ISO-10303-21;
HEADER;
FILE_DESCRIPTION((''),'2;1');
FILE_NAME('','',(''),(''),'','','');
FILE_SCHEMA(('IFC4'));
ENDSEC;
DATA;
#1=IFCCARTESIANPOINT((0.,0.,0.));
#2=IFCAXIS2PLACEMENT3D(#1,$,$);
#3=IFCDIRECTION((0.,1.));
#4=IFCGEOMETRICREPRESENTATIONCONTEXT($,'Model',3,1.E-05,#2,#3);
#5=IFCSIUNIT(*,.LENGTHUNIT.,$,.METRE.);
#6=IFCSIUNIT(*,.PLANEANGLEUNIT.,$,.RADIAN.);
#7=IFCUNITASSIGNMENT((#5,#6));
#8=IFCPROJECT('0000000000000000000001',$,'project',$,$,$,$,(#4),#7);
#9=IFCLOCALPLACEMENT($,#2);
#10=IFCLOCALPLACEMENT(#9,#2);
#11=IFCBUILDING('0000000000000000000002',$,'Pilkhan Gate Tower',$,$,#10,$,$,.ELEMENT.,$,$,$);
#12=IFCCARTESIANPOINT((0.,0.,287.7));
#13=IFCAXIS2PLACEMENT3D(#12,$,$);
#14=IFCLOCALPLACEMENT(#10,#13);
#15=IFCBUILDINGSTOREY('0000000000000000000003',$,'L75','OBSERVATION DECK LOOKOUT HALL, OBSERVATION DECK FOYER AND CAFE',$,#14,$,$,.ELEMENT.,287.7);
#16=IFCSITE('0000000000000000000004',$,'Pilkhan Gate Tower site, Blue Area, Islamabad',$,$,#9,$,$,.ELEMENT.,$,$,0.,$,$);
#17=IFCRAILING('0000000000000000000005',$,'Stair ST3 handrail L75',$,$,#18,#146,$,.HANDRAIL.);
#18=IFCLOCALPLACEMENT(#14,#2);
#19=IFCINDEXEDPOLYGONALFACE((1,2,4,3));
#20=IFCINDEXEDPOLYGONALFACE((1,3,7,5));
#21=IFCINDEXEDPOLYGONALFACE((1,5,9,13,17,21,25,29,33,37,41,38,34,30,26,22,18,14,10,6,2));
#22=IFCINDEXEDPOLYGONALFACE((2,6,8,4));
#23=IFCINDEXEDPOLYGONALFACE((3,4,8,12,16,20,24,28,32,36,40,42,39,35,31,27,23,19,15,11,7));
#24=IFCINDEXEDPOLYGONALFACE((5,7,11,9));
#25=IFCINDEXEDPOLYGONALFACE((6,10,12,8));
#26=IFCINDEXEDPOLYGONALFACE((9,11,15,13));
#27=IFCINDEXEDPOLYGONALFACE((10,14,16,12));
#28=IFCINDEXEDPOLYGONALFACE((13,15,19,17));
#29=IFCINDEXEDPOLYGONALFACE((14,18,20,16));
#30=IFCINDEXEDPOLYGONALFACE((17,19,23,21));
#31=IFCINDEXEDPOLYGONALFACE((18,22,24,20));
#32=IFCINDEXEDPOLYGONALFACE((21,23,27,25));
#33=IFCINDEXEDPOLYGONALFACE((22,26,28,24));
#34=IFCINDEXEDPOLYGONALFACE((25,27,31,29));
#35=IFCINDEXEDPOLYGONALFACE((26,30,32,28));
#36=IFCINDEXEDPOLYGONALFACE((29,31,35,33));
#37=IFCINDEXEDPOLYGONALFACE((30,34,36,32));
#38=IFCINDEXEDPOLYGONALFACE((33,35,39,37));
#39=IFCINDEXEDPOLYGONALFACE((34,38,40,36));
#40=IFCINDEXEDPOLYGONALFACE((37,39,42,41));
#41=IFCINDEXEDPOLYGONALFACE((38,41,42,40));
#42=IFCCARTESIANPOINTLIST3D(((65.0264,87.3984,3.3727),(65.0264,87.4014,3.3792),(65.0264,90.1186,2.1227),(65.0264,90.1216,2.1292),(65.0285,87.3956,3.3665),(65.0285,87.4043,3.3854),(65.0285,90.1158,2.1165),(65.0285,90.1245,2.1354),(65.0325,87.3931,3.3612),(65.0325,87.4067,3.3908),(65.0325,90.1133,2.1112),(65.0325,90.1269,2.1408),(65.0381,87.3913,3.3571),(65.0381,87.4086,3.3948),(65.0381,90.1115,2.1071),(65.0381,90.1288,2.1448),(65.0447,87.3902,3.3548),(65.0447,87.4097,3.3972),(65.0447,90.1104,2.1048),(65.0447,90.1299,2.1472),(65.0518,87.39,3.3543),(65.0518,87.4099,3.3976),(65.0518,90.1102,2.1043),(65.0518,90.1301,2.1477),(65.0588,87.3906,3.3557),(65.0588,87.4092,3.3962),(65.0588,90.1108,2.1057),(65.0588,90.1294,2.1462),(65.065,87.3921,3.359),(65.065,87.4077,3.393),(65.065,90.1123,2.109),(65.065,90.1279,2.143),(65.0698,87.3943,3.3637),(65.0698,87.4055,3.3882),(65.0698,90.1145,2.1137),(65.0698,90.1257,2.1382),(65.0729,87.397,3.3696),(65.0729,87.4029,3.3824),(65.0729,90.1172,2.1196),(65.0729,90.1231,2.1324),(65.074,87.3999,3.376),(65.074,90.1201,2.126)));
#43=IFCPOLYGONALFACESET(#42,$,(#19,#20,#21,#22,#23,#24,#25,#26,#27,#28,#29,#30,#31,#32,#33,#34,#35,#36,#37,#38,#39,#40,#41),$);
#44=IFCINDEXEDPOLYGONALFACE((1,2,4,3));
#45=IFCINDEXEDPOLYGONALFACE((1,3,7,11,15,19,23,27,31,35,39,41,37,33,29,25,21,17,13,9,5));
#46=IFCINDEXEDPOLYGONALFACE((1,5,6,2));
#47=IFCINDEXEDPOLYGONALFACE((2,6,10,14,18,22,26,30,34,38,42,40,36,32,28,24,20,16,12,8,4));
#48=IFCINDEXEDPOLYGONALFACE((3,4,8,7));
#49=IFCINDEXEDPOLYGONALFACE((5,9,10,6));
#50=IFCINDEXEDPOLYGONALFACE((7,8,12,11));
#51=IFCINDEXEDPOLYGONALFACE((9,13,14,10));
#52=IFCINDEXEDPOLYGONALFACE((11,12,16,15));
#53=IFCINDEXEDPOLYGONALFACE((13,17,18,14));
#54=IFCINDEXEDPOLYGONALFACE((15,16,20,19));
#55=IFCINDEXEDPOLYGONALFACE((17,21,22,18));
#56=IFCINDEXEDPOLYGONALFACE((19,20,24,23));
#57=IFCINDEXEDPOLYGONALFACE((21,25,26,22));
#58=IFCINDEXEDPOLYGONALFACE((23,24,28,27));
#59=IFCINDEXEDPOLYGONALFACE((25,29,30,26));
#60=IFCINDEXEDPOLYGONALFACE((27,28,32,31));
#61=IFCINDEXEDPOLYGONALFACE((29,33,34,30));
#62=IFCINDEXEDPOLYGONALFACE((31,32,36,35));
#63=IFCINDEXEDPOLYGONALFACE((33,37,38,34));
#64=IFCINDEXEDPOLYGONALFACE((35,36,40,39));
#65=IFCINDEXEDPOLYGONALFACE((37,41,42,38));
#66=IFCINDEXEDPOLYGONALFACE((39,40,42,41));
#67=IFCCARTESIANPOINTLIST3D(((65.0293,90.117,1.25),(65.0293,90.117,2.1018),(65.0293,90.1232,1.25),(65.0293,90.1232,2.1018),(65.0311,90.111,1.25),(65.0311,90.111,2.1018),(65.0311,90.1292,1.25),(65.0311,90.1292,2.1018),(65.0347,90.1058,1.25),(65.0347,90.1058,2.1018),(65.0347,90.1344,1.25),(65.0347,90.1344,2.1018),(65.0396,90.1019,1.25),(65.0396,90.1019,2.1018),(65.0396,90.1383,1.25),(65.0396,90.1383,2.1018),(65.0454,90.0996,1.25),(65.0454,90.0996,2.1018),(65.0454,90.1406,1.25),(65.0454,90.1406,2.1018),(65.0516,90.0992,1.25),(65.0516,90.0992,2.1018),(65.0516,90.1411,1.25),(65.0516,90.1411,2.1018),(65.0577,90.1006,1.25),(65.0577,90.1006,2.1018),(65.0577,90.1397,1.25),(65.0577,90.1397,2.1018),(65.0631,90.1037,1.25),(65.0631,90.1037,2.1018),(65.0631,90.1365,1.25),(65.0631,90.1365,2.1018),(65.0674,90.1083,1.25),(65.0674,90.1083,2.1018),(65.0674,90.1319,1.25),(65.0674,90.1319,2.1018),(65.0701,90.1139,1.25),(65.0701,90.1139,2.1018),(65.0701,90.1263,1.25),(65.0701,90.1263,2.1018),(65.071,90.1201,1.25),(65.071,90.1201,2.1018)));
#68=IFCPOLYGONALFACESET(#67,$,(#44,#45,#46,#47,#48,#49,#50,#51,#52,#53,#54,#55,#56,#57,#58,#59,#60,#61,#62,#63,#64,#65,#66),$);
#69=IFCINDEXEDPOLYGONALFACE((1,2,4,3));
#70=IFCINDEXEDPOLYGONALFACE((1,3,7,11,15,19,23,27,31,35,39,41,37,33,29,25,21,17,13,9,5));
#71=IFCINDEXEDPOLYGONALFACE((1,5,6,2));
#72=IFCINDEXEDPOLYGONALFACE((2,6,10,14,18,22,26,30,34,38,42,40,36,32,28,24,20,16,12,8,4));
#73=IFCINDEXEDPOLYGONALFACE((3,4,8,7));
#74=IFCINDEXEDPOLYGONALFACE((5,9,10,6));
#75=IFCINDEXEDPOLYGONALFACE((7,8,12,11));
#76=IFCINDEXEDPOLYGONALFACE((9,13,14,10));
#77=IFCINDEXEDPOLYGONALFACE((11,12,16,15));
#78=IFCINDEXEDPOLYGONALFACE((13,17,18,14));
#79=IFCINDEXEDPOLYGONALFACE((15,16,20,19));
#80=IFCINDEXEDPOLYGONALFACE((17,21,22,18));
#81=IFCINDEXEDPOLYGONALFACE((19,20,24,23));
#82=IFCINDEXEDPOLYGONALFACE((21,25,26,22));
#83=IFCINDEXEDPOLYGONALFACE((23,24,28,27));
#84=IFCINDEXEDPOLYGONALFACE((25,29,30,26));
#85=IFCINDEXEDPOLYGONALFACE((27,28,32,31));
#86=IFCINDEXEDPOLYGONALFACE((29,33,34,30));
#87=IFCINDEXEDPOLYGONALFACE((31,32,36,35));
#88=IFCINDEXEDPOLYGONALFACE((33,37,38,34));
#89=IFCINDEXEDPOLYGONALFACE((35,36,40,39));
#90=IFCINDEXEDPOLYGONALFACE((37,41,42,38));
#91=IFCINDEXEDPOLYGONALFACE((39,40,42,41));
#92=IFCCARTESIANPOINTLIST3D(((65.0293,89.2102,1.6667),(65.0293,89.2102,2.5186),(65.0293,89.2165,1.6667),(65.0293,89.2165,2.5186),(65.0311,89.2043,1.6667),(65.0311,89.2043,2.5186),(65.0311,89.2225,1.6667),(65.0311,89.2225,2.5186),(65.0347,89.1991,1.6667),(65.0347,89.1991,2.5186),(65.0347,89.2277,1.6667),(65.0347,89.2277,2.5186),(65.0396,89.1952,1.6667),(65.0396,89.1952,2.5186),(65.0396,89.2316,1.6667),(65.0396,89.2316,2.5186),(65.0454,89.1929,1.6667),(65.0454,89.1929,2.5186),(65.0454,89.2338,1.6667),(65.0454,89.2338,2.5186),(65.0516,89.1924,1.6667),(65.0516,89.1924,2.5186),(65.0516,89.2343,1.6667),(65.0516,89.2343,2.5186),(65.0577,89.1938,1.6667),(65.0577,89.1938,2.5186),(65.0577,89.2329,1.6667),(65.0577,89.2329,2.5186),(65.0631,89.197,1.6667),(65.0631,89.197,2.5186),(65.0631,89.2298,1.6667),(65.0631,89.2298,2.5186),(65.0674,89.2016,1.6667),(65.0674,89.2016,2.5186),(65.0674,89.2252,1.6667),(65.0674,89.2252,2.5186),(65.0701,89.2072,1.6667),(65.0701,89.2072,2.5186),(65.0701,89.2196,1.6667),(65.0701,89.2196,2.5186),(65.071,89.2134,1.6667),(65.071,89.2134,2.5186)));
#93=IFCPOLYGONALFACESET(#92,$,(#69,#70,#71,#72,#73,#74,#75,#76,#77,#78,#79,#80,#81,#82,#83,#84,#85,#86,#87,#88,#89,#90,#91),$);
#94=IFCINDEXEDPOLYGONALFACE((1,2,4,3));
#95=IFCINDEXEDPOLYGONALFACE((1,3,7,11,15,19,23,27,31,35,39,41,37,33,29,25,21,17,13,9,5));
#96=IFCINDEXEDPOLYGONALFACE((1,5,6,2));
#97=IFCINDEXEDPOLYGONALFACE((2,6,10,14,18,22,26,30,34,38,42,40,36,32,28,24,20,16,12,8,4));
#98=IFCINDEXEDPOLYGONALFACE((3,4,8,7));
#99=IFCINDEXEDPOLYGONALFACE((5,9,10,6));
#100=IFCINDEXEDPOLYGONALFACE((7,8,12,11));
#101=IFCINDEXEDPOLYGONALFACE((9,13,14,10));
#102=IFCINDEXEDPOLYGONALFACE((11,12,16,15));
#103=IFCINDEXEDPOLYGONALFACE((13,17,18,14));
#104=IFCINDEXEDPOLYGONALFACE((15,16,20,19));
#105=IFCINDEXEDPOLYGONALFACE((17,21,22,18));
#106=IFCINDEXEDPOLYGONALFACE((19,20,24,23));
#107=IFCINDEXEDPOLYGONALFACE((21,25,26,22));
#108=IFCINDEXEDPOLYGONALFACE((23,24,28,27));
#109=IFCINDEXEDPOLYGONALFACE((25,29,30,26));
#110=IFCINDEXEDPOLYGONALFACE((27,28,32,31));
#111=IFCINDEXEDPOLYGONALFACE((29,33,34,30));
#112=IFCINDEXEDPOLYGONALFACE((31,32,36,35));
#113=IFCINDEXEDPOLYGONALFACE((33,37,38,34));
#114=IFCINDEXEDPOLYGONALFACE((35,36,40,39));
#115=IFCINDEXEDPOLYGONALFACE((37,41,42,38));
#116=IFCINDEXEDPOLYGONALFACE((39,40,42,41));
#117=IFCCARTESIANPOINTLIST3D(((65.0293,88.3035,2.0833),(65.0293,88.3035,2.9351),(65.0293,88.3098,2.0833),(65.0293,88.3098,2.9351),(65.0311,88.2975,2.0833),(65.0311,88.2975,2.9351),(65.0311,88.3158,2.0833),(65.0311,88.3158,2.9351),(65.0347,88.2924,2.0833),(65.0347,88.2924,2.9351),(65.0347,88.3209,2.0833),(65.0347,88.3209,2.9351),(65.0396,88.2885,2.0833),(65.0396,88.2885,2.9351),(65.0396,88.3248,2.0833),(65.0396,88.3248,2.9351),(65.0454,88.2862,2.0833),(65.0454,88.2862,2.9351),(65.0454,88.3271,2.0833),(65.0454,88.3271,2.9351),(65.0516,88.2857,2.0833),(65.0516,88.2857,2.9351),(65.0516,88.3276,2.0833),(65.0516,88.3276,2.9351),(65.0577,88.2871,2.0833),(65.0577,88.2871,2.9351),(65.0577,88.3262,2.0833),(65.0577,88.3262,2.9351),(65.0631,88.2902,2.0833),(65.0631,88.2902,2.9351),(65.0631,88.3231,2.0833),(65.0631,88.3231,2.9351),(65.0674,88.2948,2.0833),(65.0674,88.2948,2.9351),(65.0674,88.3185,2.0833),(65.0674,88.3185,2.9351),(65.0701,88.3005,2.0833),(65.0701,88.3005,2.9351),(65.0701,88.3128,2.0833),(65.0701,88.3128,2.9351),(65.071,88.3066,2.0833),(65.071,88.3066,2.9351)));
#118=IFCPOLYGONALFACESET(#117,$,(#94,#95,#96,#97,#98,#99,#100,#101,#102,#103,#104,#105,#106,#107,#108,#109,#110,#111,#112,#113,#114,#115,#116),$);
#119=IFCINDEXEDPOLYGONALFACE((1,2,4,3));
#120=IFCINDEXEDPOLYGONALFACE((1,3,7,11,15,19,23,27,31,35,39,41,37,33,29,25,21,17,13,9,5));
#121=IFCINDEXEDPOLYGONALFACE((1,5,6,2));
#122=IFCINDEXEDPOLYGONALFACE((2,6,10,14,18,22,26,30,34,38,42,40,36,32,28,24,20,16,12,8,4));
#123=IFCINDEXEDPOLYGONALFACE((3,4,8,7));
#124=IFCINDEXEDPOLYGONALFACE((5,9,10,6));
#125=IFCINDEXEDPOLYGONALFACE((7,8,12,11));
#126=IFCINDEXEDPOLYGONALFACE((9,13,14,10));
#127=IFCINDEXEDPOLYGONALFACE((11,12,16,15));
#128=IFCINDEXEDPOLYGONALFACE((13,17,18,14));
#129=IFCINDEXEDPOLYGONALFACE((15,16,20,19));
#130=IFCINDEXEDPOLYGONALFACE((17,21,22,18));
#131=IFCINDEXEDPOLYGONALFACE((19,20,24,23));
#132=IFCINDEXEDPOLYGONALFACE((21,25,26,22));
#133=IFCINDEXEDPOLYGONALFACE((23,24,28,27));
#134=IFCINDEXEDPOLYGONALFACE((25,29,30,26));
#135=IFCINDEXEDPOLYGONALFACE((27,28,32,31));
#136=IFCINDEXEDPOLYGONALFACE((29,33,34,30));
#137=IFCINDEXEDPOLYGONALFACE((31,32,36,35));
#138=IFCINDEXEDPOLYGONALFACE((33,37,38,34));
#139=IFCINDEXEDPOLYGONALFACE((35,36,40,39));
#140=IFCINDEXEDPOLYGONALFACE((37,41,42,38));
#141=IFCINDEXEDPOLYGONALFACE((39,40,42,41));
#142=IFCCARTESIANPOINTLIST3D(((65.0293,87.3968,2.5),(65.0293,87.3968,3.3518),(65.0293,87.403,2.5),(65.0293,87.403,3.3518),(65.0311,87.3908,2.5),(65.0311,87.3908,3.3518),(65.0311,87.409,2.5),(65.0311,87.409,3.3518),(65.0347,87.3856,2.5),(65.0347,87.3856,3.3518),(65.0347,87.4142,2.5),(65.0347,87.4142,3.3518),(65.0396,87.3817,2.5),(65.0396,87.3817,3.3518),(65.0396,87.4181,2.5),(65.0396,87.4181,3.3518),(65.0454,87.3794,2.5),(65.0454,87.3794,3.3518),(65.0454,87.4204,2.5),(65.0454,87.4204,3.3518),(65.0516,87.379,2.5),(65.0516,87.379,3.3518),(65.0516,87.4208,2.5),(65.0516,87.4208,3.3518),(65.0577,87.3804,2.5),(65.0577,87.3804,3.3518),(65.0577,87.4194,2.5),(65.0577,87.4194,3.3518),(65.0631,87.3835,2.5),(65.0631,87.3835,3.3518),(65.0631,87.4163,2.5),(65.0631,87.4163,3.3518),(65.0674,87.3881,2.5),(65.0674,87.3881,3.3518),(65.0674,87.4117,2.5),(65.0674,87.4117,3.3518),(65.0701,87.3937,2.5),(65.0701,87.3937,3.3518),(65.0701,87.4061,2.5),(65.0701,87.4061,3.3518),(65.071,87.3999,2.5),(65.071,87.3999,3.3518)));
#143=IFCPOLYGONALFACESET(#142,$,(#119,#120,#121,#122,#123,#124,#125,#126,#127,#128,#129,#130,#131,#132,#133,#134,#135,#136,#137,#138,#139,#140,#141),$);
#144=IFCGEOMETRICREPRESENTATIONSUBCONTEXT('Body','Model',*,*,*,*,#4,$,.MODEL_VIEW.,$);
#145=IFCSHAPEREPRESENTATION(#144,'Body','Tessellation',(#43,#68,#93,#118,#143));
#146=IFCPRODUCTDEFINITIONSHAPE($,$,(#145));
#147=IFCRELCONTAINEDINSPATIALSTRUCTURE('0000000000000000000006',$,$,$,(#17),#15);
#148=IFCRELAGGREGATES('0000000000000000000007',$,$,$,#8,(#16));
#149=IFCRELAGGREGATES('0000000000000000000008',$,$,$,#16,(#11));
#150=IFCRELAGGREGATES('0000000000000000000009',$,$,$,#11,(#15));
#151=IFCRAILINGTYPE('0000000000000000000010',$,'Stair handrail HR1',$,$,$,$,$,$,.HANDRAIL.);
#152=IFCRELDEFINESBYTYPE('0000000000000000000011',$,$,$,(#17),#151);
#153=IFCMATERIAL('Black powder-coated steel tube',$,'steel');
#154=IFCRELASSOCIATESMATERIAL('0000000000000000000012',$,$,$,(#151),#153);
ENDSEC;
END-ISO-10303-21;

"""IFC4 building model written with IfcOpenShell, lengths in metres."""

from ifc_helpers import new_model, si_unit, direction, frame, origin, origin_2d, place, context, subcontext, project, spatial, circle, extrude, material, type_object, element, save


model = new_model("IFC4")

# Units and contexts
model_context = context("Model", 3, precision=1e-05, world=origin(), true_north=direction((0.0, 1.0)))
body_context = subcontext(model_context, "Body", "Model", "MODEL_VIEW")
ifc_project = project(units=[si_unit("LENGTHUNIT", "METRE"), si_unit("PLANEANGLEUNIT", "RADIAN")], contexts=[model_context])

# Site, building, storey
site_placement = place(None, origin())
site = spatial("IfcSite", under=ifc_project, at=site_placement, Name="Pilkhan Gate Tower site, Blue Area, Islamabad", CompositionType="ELEMENT", RefElevation=0.0)
building_placement = place(site_placement, origin())
building = spatial("IfcBuilding", under=site, at=building_placement, Name="Pilkhan Gate Tower", CompositionType="ELEMENT")
storey_placement = place(building_placement, frame((0.0, 0.0, 287.7)))
storey = spatial("IfcBuildingStorey", under=building, at=storey_placement, Name="L75", Description="OBSERVATION DECK LOOKOUT HALL, OBSERVATION DECK FOYER AND CAFE", CompositionType="ELEMENT", Elevation=287.7)

# Railing
ifc_material_1 = material(Name="Black powder-coated steel tube", Category="steel")
railing_type_1 = type_object("IfcRailingType", Name="Stair handrail HR1", PredefinedType="HANDRAIL", material=ifc_material_1)
railing_1_placement = place(storey_placement, frame((65.05, 90.1201, 1.25)))
element("IfcRailing", 1, at=railing_1_placement, inside=storey, type_object=railing_type_1, Name="Stair ST3 handrail L75", PredefinedType="HANDRAIL", context=body_context, shape_type="SweptSolid", body=[
    extrude(circle(Radius=0.0239, at=origin_2d()), frame((0.0, 0.0, 0.876), z_axis=(0.0, -0.908655, 0.417547), x_axis=(1.0, 0.0, 0.0)), (0.0, 0.0, 1.0), 2.9937),
    extrude(circle(Radius=0.021, at=origin_2d()), origin(), (0.0, 0.0, 1.0), 0.8518),
    extrude(circle(Radius=0.021, at=origin_2d()), frame((0.0, -0.9067, 0.4167)), (0.0, 0.0, 1.0), 0.8518),
    extrude(circle(Radius=0.021, at=origin_2d()), frame((0.0, -1.8135, 0.8333)), (0.0, 0.0, 1.0), 0.8518),
    extrude(circle(Radius=0.021, at=origin_2d()), frame((0.0, -2.7202, 1.25)), (0.0, 0.0, 1.0), 0.8518),
])

save(model, "model.ifc")
